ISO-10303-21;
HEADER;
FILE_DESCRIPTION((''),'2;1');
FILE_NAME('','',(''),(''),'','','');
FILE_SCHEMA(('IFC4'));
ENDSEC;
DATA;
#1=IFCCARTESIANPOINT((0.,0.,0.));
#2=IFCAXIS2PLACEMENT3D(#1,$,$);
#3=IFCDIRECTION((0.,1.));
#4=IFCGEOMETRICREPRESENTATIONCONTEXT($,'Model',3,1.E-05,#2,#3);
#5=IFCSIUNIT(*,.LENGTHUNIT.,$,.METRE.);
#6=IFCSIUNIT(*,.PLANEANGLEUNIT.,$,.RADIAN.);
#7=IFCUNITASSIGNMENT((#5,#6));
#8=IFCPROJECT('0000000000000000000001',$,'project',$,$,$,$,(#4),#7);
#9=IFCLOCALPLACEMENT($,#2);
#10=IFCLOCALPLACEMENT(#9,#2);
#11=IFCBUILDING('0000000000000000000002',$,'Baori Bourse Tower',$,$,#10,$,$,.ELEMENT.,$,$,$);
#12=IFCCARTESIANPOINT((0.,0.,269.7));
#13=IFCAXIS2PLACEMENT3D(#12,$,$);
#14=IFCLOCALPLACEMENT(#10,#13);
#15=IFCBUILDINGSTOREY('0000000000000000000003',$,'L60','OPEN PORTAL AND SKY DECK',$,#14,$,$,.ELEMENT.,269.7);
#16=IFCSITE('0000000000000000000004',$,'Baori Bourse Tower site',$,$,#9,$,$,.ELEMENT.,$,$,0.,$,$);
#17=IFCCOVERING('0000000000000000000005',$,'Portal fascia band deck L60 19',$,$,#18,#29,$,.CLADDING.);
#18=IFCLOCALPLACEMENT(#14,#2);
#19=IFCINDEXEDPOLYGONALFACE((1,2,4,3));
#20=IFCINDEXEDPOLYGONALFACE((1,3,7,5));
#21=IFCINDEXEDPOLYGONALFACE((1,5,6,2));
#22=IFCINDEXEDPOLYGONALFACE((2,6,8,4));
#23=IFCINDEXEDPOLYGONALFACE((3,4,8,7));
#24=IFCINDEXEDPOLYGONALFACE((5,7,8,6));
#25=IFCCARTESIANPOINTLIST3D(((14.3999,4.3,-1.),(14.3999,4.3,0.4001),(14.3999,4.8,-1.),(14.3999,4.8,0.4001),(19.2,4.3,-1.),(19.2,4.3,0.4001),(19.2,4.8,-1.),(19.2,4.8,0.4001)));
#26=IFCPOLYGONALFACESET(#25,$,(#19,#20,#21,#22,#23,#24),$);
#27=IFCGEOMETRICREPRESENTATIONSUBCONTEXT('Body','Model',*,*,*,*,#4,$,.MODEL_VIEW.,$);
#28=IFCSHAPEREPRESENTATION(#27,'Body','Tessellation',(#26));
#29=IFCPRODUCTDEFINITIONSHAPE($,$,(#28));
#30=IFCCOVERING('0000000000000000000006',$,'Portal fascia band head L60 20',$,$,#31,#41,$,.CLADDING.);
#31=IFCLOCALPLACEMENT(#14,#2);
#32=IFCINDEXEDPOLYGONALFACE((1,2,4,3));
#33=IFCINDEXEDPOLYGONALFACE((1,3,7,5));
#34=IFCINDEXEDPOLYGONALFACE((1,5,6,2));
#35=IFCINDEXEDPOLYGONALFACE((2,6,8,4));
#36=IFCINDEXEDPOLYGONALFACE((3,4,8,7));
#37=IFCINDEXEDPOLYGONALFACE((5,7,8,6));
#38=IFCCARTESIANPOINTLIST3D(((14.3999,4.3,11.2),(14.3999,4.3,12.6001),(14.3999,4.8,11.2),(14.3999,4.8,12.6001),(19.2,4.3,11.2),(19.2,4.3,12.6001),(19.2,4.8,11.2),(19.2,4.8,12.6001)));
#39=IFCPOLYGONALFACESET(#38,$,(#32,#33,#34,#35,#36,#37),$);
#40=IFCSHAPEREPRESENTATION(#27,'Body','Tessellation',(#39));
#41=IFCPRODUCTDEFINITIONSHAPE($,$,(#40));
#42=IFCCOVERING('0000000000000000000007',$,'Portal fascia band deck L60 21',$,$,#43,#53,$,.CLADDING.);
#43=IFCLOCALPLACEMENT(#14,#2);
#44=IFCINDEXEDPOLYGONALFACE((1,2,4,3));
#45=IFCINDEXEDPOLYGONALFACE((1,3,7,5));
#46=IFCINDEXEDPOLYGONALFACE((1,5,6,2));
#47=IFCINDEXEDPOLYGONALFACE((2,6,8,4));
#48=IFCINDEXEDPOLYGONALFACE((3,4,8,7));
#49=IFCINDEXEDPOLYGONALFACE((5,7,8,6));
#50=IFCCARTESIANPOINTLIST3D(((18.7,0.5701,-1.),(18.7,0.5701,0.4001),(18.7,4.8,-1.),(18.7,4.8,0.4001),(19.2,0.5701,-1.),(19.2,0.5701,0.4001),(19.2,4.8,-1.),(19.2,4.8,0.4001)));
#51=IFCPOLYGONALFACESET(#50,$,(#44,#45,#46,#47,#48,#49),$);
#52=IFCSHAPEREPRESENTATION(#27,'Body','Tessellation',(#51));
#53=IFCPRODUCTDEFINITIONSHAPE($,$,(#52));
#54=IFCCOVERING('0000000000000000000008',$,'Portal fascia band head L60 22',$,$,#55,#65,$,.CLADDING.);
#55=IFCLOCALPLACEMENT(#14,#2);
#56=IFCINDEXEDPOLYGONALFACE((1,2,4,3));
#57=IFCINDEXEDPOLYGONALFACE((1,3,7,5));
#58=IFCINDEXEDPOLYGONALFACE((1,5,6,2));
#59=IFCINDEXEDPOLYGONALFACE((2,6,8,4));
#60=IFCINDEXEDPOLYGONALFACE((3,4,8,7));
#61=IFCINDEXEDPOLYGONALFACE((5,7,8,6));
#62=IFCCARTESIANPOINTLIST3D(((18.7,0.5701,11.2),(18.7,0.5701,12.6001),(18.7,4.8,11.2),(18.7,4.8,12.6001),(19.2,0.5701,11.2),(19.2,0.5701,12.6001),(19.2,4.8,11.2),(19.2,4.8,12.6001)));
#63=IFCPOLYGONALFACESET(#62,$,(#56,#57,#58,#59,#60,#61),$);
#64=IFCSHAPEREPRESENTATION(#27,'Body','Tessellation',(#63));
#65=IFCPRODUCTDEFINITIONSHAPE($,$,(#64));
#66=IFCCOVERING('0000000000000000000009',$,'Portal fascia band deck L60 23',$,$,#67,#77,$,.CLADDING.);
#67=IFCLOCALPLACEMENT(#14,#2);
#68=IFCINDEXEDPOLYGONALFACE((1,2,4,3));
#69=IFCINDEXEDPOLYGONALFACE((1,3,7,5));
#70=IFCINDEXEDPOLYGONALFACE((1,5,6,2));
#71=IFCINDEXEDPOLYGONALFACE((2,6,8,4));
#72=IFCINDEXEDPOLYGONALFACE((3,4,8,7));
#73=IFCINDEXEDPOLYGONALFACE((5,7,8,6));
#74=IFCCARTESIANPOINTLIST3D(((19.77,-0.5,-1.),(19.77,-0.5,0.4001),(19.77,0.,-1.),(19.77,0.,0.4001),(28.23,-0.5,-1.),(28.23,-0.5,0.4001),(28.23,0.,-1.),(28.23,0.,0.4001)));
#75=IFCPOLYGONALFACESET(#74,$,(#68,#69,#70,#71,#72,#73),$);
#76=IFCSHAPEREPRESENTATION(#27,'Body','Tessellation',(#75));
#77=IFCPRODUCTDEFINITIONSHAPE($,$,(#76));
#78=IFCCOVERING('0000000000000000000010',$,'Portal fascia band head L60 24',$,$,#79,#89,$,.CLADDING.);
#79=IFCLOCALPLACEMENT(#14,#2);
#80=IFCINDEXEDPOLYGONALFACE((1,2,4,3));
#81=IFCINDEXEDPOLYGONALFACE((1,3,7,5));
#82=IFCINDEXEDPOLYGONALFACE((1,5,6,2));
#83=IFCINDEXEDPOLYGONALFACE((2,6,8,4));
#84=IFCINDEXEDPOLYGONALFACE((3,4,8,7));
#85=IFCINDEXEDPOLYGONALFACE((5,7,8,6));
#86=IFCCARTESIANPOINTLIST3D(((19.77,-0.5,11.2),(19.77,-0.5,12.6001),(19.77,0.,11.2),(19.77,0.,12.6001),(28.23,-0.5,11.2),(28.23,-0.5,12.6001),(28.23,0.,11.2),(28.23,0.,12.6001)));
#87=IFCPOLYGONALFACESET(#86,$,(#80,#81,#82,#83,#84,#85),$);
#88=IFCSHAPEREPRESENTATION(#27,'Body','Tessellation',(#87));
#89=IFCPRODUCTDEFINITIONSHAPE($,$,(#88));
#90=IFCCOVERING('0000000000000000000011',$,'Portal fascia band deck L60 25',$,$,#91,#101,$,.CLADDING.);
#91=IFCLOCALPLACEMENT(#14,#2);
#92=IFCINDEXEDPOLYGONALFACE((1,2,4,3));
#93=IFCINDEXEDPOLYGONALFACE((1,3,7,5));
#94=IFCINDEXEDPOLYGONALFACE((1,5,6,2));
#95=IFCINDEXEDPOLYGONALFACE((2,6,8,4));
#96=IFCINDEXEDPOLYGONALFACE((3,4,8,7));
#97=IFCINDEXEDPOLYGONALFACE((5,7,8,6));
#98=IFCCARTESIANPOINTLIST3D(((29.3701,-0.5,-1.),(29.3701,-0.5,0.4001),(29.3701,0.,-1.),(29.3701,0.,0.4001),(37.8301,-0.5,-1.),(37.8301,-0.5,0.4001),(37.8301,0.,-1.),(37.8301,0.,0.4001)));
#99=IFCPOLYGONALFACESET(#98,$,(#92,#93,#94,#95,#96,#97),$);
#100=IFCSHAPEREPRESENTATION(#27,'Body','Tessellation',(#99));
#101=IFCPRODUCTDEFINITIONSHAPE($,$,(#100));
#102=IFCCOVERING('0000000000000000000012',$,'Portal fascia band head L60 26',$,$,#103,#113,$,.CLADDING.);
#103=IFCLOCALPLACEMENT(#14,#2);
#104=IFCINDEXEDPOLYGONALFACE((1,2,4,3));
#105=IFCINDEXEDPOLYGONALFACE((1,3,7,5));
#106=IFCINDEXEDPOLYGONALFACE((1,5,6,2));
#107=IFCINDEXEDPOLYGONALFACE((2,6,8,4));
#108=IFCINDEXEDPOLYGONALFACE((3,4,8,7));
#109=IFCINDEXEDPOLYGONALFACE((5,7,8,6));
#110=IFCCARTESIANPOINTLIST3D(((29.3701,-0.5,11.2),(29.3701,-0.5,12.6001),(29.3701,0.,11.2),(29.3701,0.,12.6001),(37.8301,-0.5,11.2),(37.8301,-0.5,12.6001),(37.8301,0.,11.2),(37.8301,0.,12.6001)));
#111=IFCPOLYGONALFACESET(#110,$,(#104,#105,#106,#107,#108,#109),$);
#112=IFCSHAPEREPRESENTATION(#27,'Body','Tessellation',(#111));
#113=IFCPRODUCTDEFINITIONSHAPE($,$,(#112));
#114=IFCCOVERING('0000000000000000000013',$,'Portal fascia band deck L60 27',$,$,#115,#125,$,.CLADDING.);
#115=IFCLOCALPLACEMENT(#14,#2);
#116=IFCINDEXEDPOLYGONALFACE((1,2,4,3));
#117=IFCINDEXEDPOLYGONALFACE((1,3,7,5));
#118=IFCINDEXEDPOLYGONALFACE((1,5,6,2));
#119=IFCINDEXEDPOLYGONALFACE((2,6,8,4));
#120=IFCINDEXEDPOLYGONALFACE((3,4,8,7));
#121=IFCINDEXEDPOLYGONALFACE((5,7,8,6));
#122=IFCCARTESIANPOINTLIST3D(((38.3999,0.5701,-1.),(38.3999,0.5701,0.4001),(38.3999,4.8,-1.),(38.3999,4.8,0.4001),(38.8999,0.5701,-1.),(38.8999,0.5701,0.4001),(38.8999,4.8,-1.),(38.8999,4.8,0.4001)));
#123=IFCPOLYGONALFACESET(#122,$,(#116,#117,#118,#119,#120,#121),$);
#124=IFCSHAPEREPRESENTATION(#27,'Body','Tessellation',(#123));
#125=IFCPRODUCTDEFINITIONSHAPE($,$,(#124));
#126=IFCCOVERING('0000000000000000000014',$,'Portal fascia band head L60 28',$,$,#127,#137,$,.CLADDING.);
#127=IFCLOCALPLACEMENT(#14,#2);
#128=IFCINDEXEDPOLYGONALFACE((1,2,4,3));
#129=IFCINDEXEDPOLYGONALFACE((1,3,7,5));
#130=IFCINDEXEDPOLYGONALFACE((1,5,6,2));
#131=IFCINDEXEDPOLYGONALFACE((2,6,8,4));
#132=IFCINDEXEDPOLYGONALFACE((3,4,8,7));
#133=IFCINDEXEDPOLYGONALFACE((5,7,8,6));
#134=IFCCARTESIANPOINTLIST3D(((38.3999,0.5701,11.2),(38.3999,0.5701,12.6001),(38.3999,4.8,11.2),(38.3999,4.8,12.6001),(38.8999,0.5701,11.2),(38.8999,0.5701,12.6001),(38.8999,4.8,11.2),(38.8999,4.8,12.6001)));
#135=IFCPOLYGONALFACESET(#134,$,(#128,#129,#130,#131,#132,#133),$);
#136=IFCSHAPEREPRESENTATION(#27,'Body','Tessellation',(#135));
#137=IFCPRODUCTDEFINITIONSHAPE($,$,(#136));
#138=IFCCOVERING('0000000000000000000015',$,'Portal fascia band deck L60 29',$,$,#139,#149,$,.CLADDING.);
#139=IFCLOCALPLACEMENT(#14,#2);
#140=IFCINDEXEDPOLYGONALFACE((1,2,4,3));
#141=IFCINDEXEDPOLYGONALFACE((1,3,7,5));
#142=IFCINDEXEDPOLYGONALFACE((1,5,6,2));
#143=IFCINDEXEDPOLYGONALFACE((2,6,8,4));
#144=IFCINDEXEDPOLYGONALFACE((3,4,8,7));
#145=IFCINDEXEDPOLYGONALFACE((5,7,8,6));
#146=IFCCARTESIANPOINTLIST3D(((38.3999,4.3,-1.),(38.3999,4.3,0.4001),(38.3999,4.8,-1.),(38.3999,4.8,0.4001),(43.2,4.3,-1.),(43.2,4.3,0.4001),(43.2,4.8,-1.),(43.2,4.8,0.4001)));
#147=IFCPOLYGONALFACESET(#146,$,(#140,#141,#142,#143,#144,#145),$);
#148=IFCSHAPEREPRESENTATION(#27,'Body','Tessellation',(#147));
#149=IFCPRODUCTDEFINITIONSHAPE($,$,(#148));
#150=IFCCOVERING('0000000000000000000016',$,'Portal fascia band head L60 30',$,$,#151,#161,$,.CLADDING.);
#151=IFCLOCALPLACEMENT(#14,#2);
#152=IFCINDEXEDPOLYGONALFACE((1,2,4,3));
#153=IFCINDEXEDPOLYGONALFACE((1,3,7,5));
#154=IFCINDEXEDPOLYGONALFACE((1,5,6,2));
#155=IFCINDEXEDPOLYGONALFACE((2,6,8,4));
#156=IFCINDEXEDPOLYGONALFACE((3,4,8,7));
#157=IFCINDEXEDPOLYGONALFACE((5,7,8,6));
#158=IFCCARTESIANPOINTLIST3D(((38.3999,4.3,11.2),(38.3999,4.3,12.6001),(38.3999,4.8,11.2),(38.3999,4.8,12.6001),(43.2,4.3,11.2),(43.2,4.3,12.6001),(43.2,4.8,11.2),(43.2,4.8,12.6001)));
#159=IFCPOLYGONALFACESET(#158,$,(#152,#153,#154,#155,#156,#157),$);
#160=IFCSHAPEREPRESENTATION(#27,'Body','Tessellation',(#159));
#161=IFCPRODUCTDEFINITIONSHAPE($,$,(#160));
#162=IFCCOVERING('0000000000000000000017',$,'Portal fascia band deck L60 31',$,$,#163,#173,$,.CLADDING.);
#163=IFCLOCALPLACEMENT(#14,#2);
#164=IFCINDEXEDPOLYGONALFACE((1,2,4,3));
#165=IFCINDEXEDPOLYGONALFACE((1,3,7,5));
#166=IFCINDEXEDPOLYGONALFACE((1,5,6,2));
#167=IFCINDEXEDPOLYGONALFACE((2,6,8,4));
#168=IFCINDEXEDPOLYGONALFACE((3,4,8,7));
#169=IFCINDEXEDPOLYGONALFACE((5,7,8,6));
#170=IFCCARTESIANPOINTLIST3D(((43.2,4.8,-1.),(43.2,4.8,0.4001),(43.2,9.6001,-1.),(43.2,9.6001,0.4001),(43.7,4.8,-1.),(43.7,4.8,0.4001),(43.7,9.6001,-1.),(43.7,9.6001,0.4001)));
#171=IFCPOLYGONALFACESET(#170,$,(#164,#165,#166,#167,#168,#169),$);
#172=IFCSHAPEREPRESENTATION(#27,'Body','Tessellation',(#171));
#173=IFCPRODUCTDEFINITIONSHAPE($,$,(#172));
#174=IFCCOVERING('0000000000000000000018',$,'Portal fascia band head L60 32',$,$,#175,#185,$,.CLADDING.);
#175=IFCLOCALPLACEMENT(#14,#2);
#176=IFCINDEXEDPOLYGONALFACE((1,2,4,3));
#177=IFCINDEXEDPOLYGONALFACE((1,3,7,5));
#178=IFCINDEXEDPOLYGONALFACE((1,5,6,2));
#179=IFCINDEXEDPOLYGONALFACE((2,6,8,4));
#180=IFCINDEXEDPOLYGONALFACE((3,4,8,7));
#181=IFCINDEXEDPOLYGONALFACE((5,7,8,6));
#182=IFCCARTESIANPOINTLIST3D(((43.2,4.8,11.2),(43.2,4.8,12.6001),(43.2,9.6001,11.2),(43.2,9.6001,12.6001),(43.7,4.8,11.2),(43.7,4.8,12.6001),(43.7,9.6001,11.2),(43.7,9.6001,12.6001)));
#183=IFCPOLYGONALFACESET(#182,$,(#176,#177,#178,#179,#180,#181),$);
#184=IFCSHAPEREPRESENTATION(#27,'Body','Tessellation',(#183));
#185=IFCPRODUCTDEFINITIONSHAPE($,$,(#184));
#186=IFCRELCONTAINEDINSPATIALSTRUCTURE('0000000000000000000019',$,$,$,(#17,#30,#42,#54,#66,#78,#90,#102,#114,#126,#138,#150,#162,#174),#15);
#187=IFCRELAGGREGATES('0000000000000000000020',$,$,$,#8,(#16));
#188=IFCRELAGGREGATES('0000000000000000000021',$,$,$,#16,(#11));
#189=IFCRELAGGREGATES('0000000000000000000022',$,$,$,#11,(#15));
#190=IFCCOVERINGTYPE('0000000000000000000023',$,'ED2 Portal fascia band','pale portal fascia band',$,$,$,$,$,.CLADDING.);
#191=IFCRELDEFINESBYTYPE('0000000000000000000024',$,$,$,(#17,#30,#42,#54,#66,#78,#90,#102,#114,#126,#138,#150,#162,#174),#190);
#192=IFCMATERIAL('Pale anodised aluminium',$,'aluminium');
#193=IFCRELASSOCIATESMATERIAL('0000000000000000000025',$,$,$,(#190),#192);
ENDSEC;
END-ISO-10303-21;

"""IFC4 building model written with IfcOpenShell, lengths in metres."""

from ifc_helpers import new_model, si_unit, direction, frame, origin, place, context, subcontext, project, spatial, polyline, outline, extrude, material, type_object, element, save


model = new_model("IFC4")

# Units and contexts
model_context = context("Model", 3, precision=1e-05, world=origin(), true_north=direction((0.0, 1.0)))
body_context = subcontext(model_context, "Body", "Model", "MODEL_VIEW")
ifc_project = project(units=[si_unit("LENGTHUNIT", "METRE"), si_unit("PLANEANGLEUNIT", "RADIAN")], contexts=[model_context])

# Site, building, storey
site_placement = place(None, origin())
site = spatial("IfcSite", under=ifc_project, at=site_placement, Name="Baori Bourse Tower site", CompositionType="ELEMENT", RefElevation=0.0)
building_placement = place(site_placement, origin())
building = spatial("IfcBuilding", under=site, at=building_placement, Name="Baori Bourse Tower", CompositionType="ELEMENT")
storey_placement = place(building_placement, frame((0.0, 0.0, 269.7)))
storey = spatial("IfcBuildingStorey", under=building, at=storey_placement, Name="L60", Description="OPEN PORTAL AND SKY DECK", CompositionType="ELEMENT", Elevation=269.7)

# Coverings
ifc_material_1 = material(Name="Pale anodised aluminium", Category="aluminium")
covering_type = type_object("IfcCoveringType", Name="ED2 Portal fascia band", Description="pale portal fascia band", PredefinedType="CLADDING", material=ifc_material_1)
for number, where, name in (
    (1, (0.0, 0.0, -1.0), "Portal fascia band deck L60 19"),
    (2, (0.0, 0.0, 11.2), "Portal fascia band head L60 20"),
):
    element("IfcCovering", number, at=place(storey_placement, frame(where)), inside=storey, type_object=covering_type, Name=name, PredefinedType="CLADDING", context=body_context, shape_type="SweptSolid", body=[
        extrude(outline(polyline([(19.2, 4.8), (14.3999, 4.8), (14.3999, 4.3), (19.2, 4.3), (19.2, 4.8)])), origin(), (0.0, 0.0, 1.0), 1.4001),
    ])
for number, where, name in (
    (3, (0.0, 0.0, -1.0), "Portal fascia band deck L60 21"),
    (4, (0.0, 0.0, 11.2), "Portal fascia band head L60 22"),
):
    element("IfcCovering", number, at=place(storey_placement, frame(where)), inside=storey, type_object=covering_type, Name=name, PredefinedType="CLADDING", context=body_context, shape_type="SweptSolid", body=[
        extrude(outline(polyline([(19.2, 0.5701), (19.2, 4.8), (18.7, 4.8), (18.7, 0.5701), (19.2, 0.5701)])), origin(), (0.0, 0.0, 1.0), 1.4001),
    ])
for number, where, name in (
    (5, (0.0, 0.0, -1.0), "Portal fascia band deck L60 23"),
    (6, (0.0, 0.0, 11.2), "Portal fascia band head L60 24"),
):
    element("IfcCovering", number, at=place(storey_placement, frame(where)), inside=storey, type_object=covering_type, Name=name, PredefinedType="CLADDING", context=body_context, shape_type="SweptSolid", body=[
        extrude(outline(polyline([(28.23, 0.0), (19.77, 0.0), (19.77, -0.5), (28.23, -0.5), (28.23, 0.0)])), origin(), (0.0, 0.0, 1.0), 1.4001),
    ])
for number, where, name in (
    (7, (0.0, 0.0, -1.0), "Portal fascia band deck L60 25"),
    (8, (0.0, 0.0, 11.2), "Portal fascia band head L60 26"),
):
    element("IfcCovering", number, at=place(storey_placement, frame(where)), inside=storey, type_object=covering_type, Name=name, PredefinedType="CLADDING", context=body_context, shape_type="SweptSolid", body=[
        extrude(outline(polyline([(37.8301, 0.0), (29.3701, 0.0), (29.3701, -0.5), (37.8301, -0.5), (37.8301, 0.0)])), origin(), (0.0, 0.0, 1.0), 1.4001),
    ])
for number, where, name in (
    (9, (0.0, 0.0, -1.0), "Portal fascia band deck L60 27"),
    (10, (0.0, 0.0, 11.2), "Portal fascia band head L60 28"),
):
    element("IfcCovering", number, at=place(storey_placement, frame(where)), inside=storey, type_object=covering_type, Name=name, PredefinedType="CLADDING", context=body_context, shape_type="SweptSolid", body=[
        extrude(outline(polyline([(38.3999, 4.8), (38.3999, 0.5701), (38.8999, 0.5701), (38.8999, 4.8), (38.3999, 4.8)])), origin(), (0.0, 0.0, 1.0), 1.4001),
    ])
for number, where, name in (
    (11, (0.0, 0.0, -1.0), "Portal fascia band deck L60 29"),
    (12, (0.0, 0.0, 11.2), "Portal fascia band head L60 30"),
):
    element("IfcCovering", number, at=place(storey_placement, frame(where)), inside=storey, type_object=covering_type, Name=name, PredefinedType="CLADDING", context=body_context, shape_type="SweptSolid", body=[
        extrude(outline(polyline([(43.2, 4.8), (38.3999, 4.8), (38.3999, 4.3), (43.2, 4.3), (43.2, 4.8)])), origin(), (0.0, 0.0, 1.0), 1.4001),
    ])
for number, where, name in (
    (13, (0.0, 0.0, -1.0), "Portal fascia band deck L60 31"),
    (14, (0.0, 0.0, 11.2), "Portal fascia band head L60 32"),
):
    element("IfcCovering", number, at=place(storey_placement, frame(where)), inside=storey, type_object=covering_type, Name=name, PredefinedType="CLADDING", context=body_context, shape_type="SweptSolid", body=[
        extrude(outline(polyline([(43.2, 9.6001), (43.2, 4.8), (43.7, 4.8), (43.7, 9.6001), (43.2, 9.6001)])), origin(), (0.0, 0.0, 1.0), 1.4001),
    ])

save(model, "model.ifc")
